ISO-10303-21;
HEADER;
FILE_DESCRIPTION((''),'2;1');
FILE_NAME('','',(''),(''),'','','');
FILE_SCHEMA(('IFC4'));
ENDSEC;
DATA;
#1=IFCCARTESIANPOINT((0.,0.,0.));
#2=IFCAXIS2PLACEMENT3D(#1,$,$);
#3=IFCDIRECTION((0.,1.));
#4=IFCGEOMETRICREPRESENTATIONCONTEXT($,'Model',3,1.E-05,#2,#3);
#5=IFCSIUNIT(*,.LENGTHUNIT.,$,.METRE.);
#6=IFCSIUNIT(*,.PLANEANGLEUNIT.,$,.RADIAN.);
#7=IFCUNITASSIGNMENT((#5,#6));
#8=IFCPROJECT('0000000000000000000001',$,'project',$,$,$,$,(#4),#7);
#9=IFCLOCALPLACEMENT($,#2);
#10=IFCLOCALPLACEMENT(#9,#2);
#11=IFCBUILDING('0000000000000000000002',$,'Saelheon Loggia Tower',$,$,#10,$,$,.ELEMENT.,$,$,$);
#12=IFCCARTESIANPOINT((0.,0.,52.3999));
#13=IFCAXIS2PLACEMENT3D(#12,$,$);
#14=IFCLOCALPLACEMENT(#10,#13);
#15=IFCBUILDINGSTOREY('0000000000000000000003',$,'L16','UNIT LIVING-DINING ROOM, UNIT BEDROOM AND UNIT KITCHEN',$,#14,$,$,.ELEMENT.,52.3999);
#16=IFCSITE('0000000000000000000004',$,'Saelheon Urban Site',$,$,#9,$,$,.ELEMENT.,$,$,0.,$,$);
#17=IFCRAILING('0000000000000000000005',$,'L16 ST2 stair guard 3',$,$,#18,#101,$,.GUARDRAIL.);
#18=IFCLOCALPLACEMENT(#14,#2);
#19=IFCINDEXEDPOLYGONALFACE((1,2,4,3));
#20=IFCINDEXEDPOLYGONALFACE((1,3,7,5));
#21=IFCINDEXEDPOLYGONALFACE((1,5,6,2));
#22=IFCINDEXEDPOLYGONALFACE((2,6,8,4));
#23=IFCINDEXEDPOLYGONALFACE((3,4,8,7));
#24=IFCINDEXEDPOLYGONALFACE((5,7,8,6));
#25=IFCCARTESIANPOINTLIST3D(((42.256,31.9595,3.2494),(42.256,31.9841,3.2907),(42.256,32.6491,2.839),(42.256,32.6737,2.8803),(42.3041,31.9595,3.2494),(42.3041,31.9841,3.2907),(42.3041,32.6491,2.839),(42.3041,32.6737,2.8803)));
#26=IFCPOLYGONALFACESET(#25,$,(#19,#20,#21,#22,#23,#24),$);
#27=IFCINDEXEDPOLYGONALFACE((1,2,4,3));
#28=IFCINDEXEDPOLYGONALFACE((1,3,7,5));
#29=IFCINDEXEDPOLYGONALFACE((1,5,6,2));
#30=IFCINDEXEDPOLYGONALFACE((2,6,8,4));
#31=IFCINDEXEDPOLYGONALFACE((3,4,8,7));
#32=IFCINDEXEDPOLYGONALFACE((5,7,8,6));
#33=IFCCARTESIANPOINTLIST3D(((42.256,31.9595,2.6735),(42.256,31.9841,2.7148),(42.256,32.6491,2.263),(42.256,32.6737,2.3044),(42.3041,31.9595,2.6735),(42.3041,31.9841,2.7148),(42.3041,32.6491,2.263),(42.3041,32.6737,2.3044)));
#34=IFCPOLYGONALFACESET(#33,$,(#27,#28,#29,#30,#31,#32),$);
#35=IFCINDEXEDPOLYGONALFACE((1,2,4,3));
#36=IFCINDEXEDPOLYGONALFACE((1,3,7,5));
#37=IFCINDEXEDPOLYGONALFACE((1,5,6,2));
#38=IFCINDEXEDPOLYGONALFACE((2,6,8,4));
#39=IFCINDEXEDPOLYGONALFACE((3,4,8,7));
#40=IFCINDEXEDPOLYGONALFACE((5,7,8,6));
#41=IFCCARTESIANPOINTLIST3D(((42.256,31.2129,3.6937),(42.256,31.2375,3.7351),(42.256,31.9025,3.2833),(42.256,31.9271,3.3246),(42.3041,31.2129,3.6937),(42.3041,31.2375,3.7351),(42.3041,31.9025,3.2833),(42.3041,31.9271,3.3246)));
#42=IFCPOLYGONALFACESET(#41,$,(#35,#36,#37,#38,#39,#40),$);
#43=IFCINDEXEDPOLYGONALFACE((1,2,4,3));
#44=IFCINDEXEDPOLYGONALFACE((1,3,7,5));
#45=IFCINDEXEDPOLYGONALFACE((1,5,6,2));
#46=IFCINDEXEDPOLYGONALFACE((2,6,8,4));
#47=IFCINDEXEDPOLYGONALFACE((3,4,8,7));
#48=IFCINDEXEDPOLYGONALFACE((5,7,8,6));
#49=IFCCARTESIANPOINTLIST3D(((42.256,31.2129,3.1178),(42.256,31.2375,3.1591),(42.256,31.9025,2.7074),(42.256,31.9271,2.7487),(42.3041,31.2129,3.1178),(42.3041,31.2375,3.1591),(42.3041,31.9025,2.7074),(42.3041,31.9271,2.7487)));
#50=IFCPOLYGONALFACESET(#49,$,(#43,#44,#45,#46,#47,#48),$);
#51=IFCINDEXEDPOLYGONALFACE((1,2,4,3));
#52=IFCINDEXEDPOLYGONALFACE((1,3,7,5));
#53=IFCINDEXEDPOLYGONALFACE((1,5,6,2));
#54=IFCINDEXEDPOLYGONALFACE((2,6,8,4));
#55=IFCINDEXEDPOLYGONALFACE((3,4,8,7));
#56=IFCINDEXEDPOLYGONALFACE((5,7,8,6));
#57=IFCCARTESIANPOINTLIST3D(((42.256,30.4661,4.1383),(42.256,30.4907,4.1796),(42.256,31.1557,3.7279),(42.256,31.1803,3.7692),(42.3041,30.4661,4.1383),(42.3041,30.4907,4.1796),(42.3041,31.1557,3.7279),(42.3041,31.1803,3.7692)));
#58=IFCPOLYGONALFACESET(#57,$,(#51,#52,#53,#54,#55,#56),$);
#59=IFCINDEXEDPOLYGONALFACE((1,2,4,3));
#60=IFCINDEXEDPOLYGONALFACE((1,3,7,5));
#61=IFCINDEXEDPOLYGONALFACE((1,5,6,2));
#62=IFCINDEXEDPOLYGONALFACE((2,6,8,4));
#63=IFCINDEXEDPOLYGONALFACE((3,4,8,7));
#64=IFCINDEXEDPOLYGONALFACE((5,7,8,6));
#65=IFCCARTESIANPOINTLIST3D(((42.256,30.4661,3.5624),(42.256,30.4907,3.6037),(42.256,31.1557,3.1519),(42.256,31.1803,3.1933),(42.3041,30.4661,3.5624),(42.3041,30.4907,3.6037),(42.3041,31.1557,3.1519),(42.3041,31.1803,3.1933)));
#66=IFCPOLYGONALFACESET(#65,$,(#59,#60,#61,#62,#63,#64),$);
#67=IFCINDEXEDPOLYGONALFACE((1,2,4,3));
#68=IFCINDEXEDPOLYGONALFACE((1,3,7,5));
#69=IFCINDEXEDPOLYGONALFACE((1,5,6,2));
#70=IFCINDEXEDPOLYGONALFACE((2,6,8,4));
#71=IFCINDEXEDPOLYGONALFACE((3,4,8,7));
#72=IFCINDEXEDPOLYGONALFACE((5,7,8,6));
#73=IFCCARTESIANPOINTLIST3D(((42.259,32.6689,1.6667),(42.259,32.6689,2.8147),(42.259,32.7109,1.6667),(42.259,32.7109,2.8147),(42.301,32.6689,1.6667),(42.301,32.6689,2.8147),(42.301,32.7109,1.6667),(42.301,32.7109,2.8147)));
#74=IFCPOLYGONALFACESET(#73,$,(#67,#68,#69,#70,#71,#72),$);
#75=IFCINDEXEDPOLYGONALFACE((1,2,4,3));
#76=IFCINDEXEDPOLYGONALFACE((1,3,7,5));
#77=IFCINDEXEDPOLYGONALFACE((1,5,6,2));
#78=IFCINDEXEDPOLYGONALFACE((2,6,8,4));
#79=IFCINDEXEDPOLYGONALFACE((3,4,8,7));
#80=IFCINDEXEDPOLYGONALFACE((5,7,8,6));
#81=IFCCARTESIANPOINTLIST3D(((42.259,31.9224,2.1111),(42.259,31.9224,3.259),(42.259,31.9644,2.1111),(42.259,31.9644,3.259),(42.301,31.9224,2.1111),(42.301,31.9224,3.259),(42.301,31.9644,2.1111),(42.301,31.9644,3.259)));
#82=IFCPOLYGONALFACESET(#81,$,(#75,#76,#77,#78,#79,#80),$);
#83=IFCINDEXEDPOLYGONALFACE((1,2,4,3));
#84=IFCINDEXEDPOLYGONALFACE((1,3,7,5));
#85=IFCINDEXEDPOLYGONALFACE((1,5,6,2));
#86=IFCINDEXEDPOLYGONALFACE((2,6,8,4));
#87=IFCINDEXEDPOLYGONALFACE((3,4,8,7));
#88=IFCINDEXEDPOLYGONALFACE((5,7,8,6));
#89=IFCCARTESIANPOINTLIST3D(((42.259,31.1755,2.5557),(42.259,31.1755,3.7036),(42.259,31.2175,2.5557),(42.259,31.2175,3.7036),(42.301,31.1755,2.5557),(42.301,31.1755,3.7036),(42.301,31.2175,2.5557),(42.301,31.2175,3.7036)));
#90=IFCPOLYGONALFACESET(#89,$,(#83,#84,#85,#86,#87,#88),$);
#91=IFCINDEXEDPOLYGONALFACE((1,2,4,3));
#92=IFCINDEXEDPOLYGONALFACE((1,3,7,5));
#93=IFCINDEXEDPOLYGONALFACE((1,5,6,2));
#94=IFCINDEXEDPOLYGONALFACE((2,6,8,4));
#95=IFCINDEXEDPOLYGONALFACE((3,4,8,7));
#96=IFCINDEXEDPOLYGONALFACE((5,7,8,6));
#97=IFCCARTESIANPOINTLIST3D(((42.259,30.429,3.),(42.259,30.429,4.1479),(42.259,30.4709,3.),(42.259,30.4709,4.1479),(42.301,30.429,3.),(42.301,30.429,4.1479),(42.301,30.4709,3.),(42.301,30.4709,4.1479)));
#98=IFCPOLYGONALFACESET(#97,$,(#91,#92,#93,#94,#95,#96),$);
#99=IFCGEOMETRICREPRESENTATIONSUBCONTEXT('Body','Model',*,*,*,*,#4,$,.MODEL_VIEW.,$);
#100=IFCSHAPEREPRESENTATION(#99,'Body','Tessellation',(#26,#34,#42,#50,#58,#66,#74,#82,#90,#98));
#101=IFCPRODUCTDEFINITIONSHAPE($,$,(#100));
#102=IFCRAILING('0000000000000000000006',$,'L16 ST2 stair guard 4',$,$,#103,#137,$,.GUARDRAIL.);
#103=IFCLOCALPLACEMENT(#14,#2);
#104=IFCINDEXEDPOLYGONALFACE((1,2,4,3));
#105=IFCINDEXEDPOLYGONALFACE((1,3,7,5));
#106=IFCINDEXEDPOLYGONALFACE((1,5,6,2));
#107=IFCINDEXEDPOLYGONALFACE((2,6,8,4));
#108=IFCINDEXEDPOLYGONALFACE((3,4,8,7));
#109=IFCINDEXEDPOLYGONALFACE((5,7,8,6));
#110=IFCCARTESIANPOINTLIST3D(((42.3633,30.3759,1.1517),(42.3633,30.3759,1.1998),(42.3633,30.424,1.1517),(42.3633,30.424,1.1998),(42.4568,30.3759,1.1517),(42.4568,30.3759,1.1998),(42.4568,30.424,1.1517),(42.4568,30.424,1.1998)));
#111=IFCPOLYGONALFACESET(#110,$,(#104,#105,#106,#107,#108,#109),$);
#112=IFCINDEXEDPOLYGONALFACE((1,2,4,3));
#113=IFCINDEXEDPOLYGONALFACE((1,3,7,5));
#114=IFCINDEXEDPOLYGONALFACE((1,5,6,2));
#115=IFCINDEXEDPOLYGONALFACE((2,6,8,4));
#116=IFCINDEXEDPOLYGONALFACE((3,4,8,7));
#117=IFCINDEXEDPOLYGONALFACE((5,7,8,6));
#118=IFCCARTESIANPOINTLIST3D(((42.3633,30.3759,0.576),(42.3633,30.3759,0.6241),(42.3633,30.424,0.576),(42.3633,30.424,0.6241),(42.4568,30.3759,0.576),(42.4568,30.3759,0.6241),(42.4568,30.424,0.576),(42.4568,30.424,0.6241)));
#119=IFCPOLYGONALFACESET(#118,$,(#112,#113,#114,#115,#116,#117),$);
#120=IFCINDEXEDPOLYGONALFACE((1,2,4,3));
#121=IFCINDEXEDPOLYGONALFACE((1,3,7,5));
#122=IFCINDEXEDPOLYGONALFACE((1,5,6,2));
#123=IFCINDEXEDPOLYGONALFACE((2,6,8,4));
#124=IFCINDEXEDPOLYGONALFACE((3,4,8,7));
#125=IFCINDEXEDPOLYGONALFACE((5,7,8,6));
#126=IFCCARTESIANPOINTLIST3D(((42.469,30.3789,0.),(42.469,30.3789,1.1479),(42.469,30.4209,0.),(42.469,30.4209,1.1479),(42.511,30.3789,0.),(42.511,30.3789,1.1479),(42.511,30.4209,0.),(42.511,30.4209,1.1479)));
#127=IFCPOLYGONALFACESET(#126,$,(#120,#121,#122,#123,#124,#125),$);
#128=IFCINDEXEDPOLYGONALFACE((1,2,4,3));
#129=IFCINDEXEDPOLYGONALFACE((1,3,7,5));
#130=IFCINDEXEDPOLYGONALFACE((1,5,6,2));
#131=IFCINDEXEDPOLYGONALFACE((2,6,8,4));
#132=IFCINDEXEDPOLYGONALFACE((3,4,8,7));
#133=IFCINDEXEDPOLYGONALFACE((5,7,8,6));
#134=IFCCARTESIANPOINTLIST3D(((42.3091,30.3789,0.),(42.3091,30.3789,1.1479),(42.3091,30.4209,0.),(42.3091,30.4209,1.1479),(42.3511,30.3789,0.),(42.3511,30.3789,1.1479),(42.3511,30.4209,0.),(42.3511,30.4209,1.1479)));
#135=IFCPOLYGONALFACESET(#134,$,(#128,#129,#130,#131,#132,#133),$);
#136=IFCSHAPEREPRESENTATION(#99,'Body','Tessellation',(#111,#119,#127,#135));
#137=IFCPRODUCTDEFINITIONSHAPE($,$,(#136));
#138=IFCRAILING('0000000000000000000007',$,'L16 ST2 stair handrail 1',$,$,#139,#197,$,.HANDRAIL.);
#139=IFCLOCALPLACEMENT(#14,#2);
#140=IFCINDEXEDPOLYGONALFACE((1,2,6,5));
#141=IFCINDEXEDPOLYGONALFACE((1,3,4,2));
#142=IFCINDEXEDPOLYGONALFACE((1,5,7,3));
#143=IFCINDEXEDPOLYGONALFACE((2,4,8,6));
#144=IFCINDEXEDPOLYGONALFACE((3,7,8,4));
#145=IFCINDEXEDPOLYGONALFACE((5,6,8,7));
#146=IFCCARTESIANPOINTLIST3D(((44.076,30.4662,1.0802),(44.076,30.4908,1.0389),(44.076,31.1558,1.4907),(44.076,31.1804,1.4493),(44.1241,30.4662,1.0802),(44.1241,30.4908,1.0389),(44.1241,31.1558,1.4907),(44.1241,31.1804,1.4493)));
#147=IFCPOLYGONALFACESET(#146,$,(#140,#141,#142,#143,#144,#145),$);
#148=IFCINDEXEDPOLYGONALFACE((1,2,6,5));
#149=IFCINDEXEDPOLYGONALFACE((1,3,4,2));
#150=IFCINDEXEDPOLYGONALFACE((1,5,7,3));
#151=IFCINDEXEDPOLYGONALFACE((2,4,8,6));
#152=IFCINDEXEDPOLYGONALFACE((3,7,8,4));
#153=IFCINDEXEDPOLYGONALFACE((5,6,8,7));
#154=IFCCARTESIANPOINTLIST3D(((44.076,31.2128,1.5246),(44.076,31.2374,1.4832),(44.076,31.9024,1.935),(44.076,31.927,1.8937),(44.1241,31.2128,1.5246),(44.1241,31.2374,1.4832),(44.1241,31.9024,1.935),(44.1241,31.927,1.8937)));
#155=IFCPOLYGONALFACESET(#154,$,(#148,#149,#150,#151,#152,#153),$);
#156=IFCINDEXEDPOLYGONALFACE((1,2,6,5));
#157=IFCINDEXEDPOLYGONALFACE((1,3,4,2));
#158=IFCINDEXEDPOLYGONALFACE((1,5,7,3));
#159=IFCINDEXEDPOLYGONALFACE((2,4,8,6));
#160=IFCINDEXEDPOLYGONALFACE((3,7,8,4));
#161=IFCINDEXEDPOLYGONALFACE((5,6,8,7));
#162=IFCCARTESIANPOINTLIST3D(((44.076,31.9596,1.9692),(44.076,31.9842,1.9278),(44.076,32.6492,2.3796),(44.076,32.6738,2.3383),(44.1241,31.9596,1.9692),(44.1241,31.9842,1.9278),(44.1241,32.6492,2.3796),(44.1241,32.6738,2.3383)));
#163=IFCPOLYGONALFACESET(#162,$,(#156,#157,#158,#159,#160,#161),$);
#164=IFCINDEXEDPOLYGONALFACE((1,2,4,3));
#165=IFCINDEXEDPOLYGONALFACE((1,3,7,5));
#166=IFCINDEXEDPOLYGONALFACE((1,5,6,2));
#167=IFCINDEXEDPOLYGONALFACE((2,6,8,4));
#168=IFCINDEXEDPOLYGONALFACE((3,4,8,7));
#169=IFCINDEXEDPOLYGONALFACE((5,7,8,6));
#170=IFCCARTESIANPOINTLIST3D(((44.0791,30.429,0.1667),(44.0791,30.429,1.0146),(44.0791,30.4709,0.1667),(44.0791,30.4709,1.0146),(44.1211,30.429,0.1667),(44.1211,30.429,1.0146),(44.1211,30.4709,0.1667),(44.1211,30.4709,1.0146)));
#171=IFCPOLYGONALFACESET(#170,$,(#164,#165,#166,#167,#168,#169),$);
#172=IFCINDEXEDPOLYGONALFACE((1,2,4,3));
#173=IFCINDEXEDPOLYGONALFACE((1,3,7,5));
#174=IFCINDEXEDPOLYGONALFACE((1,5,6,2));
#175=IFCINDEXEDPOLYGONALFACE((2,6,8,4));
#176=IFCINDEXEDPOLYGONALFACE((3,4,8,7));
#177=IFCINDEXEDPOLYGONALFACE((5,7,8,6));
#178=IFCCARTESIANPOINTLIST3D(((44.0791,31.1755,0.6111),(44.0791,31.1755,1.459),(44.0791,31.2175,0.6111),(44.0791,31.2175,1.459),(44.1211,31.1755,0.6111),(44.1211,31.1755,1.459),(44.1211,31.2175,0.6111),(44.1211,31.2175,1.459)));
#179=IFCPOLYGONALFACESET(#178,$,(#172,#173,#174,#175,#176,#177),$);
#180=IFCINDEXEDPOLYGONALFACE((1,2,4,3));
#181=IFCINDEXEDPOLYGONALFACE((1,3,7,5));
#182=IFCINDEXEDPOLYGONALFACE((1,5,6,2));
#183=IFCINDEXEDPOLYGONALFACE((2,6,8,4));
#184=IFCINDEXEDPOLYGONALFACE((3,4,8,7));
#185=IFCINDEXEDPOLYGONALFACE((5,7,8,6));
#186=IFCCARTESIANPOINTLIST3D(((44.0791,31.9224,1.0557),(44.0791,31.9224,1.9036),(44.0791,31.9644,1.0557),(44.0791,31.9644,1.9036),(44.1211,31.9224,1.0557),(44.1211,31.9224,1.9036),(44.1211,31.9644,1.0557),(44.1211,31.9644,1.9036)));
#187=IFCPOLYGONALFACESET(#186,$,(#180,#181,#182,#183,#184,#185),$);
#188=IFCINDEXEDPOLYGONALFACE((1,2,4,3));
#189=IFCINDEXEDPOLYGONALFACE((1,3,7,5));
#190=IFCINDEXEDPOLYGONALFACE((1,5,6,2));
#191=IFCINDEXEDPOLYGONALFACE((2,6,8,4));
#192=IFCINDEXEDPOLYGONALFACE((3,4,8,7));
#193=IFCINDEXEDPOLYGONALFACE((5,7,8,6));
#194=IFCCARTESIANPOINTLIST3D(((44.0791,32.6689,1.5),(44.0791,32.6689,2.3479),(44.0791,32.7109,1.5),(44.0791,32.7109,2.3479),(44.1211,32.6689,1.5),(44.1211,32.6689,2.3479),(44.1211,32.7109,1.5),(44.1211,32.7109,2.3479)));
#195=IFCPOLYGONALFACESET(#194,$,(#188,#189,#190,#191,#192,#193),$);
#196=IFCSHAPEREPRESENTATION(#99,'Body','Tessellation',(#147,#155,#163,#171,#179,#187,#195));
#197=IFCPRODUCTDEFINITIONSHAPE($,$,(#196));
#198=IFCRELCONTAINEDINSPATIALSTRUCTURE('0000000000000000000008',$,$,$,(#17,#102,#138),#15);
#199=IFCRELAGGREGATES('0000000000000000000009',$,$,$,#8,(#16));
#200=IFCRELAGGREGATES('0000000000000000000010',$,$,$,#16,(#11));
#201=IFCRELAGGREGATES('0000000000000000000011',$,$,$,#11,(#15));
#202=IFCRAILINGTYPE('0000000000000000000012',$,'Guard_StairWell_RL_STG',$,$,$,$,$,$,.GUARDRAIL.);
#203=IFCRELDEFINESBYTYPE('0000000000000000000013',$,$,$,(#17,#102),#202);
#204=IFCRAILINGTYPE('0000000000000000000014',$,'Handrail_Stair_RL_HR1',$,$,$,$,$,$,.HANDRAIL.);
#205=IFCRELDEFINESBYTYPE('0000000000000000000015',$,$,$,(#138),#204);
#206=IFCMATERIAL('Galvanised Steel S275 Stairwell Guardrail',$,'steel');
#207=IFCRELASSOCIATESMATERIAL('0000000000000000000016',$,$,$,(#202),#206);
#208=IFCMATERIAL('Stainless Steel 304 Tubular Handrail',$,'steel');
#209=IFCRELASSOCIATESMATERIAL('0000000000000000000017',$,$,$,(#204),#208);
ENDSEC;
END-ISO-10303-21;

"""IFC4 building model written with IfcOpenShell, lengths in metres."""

from ifc_helpers import new_model, si_unit, direction, frame, origin, origin_2d, place, context, subcontext, project, spatial, rectangle, extrude, material, type_object, element, save


model = new_model("IFC4")

# Units and contexts
model_context = context("Model", 3, precision=1e-05, world=origin(), true_north=direction((0.0, 1.0)))
body_context = subcontext(model_context, "Body", "Model", "MODEL_VIEW")
ifc_project = project(units=[si_unit("LENGTHUNIT", "METRE"), si_unit("PLANEANGLEUNIT", "RADIAN")], contexts=[model_context])

# Site, building, storey
site_placement = place(None, origin())
site = spatial("IfcSite", under=ifc_project, at=site_placement, Name="Saelheon Urban Site", CompositionType="ELEMENT", RefElevation=0.0)
building_placement = place(site_placement, origin())
building = spatial("IfcBuilding", under=site, at=building_placement, Name="Saelheon Loggia Tower", CompositionType="ELEMENT")
storey_placement = place(building_placement, frame((0.0, 0.0, 52.3999)))
storey = spatial("IfcBuildingStorey", under=building, at=storey_placement, Name="L16", Description="UNIT LIVING-DINING ROOM, UNIT BEDROOM AND UNIT KITCHEN", CompositionType="ELEMENT", Elevation=52.3999)

# Railings
ifc_material_1 = material(Name="Galvanised Steel S275 Stairwell Guardrail", Category="steel")
railing_type_1 = type_object("IfcRailingType", Name="Guard_StairWell_RL_STG", PredefinedType="GUARDRAIL", material=ifc_material_1)
railing_1_placement = place(storey_placement, frame((42.28, 32.6899, 1.6667)))
element("IfcRailing", 1, at=railing_1_placement, inside=storey, type_object=railing_type_1, Name="L16 ST2 stair guard 3", PredefinedType="GUARDRAIL", context=body_context, shape_type="SweptSolid", body=[
    extrude(rectangle(XDim=0.0481, YDim=0.0481, at=origin_2d()), frame((0.0, -0.0286, 1.1929), z_axis=(0.0, -0.859306, 0.511462), x_axis=(1.0, 0.0, 0.0)), (0.0, 0.0, 1.0), 0.8025),
    extrude(rectangle(XDim=0.0481, YDim=0.0481, at=origin_2d()), frame((0.0, -0.0286, 0.6169), z_axis=(0.0, -0.859306, 0.511462), x_axis=(1.0, 0.0, 0.0)), (0.0, 0.0, 1.0), 0.8025),
    extrude(rectangle(XDim=0.0481, YDim=0.0481, at=origin_2d()), frame((0.0, -0.7751, 1.6372), z_axis=(0.0, -0.859306, 0.511462), x_axis=(1.0, 0.0, 0.0)), (0.0, 0.0, 1.0), 0.8025),
    extrude(rectangle(XDim=0.0481, YDim=0.0481, at=origin_2d()), frame((0.0, -0.7751, 1.0613), z_axis=(0.0, -0.859306, 0.511462), x_axis=(1.0, 0.0, 0.0)), (0.0, 0.0, 1.0), 0.8025),
    extrude(rectangle(XDim=0.0481, YDim=0.0481, at=origin_2d()), frame((0.0, -1.522, 2.0818), z_axis=(0.0, -0.859306, 0.511462), x_axis=(1.0, 0.0, 0.0)), (0.0, 0.0, 1.0), 0.8025),
    extrude(rectangle(XDim=0.0481, YDim=0.0481, at=origin_2d()), frame((0.0, -1.522, 1.5059), z_axis=(0.0, -0.859306, 0.511462), x_axis=(1.0, 0.0, 0.0)), (0.0, 0.0, 1.0), 0.8025),
    extrude(rectangle(XDim=0.042, YDim=0.042, at=origin_2d()), origin(), (0.0, 0.0, 1.0), 1.1479),
    extrude(rectangle(XDim=0.042, YDim=0.042, at=origin_2d()), frame((0.0, -0.7466, 0.4443)), (0.0, 0.0, 1.0), 1.1479),
    extrude(rectangle(XDim=0.042, YDim=0.042, at=origin_2d()), frame((0.0, -1.4934, 0.8889)), (0.0, 0.0, 1.0), 1.1479),
    extrude(rectangle(XDim=0.042, YDim=0.042, at=origin_2d()), frame((0.0, -2.24, 1.3333)), (0.0, 0.0, 1.0), 1.1479),
])
railing_2_placement = place(storey_placement, frame((42.49, 30.3999, 0.0)))
element("IfcRailing", 2, at=railing_2_placement, inside=storey, type_object=railing_type_1, Name="L16 ST2 stair guard 4", PredefinedType="GUARDRAIL", context=body_context, shape_type="SweptSolid", body=[
    extrude(rectangle(XDim=0.0481, YDim=0.0481, at=origin_2d()), frame((-0.0332, 0.0, 1.1758), z_axis=(-1.0, 0.0, 0.0), x_axis=(0.0, -1.0, 0.0)), (0.0, 0.0, 1.0), 0.0935),
    extrude(rectangle(XDim=0.0481, YDim=0.0481, at=origin_2d()), frame((-0.0332, 0.0, 0.6001), z_axis=(-1.0, 0.0, 0.0), x_axis=(0.0, -1.0, 0.0)), (0.0, 0.0, 1.0), 0.0935),
    extrude(rectangle(XDim=0.042, YDim=0.042, at=origin_2d()), origin(), (0.0, 0.0, 1.0), 1.1479),
    extrude(rectangle(XDim=0.042, YDim=0.042, at=origin_2d()), frame((-0.1599, 0.0, 0.0)), (0.0, 0.0, 1.0), 1.1479),
])
ifc_material_2 = material(Name="Stainless Steel 304 Tubular Handrail", Category="steel")
railing_type_2 = type_object("IfcRailingType", Name="Handrail_Stair_RL_HR1", PredefinedType="HANDRAIL", material=ifc_material_2)
railing_3_placement = place(storey_placement, frame((44.1001, 30.45, 0.1667)))
element("IfcRailing", 3, at=railing_3_placement, inside=storey, type_object=railing_type_2, Name="L16 ST2 stair handrail 1", PredefinedType="HANDRAIL", context=body_context, shape_type="SweptSolid", body=[
    extrude(rectangle(XDim=0.0481, YDim=0.0481, at=origin_2d()), frame((0.0, 0.0286, 0.8928), z_axis=(0.0, 0.859306, 0.511462), x_axis=(-1.0, 0.0, 0.0)), (0.0, 0.0, 1.0), 0.8025),
    extrude(rectangle(XDim=0.0481, YDim=0.0481, at=origin_2d()), frame((0.0, 0.7751, 1.3372), z_axis=(0.0, 0.859306, 0.511462), x_axis=(-1.0, 0.0, 0.0)), (0.0, 0.0, 1.0), 0.8025),
    extrude(rectangle(XDim=0.0481, YDim=0.0481, at=origin_2d()), frame((0.0, 1.522, 1.7817), z_axis=(0.0, 0.859306, 0.511462), x_axis=(-1.0, 0.0, 0.0)), (0.0, 0.0, 1.0), 0.8025),
    extrude(rectangle(XDim=0.042, YDim=0.042, at=origin_2d()), origin(), (0.0, 0.0, 1.0), 0.8479),
    extrude(rectangle(XDim=0.042, YDim=0.042, at=origin_2d()), frame((0.0, 0.7466, 0.4443)), (0.0, 0.0, 1.0), 0.8479),
    extrude(rectangle(XDim=0.042, YDim=0.042, at=origin_2d()), frame((0.0, 1.4934, 0.8889)), (0.0, 0.0, 1.0), 0.8479),
    extrude(rectangle(XDim=0.042, YDim=0.042, at=origin_2d()), frame((0.0, 2.24, 1.3333)), (0.0, 0.0, 1.0), 0.8479),
])

save(model, "model.ifc")
